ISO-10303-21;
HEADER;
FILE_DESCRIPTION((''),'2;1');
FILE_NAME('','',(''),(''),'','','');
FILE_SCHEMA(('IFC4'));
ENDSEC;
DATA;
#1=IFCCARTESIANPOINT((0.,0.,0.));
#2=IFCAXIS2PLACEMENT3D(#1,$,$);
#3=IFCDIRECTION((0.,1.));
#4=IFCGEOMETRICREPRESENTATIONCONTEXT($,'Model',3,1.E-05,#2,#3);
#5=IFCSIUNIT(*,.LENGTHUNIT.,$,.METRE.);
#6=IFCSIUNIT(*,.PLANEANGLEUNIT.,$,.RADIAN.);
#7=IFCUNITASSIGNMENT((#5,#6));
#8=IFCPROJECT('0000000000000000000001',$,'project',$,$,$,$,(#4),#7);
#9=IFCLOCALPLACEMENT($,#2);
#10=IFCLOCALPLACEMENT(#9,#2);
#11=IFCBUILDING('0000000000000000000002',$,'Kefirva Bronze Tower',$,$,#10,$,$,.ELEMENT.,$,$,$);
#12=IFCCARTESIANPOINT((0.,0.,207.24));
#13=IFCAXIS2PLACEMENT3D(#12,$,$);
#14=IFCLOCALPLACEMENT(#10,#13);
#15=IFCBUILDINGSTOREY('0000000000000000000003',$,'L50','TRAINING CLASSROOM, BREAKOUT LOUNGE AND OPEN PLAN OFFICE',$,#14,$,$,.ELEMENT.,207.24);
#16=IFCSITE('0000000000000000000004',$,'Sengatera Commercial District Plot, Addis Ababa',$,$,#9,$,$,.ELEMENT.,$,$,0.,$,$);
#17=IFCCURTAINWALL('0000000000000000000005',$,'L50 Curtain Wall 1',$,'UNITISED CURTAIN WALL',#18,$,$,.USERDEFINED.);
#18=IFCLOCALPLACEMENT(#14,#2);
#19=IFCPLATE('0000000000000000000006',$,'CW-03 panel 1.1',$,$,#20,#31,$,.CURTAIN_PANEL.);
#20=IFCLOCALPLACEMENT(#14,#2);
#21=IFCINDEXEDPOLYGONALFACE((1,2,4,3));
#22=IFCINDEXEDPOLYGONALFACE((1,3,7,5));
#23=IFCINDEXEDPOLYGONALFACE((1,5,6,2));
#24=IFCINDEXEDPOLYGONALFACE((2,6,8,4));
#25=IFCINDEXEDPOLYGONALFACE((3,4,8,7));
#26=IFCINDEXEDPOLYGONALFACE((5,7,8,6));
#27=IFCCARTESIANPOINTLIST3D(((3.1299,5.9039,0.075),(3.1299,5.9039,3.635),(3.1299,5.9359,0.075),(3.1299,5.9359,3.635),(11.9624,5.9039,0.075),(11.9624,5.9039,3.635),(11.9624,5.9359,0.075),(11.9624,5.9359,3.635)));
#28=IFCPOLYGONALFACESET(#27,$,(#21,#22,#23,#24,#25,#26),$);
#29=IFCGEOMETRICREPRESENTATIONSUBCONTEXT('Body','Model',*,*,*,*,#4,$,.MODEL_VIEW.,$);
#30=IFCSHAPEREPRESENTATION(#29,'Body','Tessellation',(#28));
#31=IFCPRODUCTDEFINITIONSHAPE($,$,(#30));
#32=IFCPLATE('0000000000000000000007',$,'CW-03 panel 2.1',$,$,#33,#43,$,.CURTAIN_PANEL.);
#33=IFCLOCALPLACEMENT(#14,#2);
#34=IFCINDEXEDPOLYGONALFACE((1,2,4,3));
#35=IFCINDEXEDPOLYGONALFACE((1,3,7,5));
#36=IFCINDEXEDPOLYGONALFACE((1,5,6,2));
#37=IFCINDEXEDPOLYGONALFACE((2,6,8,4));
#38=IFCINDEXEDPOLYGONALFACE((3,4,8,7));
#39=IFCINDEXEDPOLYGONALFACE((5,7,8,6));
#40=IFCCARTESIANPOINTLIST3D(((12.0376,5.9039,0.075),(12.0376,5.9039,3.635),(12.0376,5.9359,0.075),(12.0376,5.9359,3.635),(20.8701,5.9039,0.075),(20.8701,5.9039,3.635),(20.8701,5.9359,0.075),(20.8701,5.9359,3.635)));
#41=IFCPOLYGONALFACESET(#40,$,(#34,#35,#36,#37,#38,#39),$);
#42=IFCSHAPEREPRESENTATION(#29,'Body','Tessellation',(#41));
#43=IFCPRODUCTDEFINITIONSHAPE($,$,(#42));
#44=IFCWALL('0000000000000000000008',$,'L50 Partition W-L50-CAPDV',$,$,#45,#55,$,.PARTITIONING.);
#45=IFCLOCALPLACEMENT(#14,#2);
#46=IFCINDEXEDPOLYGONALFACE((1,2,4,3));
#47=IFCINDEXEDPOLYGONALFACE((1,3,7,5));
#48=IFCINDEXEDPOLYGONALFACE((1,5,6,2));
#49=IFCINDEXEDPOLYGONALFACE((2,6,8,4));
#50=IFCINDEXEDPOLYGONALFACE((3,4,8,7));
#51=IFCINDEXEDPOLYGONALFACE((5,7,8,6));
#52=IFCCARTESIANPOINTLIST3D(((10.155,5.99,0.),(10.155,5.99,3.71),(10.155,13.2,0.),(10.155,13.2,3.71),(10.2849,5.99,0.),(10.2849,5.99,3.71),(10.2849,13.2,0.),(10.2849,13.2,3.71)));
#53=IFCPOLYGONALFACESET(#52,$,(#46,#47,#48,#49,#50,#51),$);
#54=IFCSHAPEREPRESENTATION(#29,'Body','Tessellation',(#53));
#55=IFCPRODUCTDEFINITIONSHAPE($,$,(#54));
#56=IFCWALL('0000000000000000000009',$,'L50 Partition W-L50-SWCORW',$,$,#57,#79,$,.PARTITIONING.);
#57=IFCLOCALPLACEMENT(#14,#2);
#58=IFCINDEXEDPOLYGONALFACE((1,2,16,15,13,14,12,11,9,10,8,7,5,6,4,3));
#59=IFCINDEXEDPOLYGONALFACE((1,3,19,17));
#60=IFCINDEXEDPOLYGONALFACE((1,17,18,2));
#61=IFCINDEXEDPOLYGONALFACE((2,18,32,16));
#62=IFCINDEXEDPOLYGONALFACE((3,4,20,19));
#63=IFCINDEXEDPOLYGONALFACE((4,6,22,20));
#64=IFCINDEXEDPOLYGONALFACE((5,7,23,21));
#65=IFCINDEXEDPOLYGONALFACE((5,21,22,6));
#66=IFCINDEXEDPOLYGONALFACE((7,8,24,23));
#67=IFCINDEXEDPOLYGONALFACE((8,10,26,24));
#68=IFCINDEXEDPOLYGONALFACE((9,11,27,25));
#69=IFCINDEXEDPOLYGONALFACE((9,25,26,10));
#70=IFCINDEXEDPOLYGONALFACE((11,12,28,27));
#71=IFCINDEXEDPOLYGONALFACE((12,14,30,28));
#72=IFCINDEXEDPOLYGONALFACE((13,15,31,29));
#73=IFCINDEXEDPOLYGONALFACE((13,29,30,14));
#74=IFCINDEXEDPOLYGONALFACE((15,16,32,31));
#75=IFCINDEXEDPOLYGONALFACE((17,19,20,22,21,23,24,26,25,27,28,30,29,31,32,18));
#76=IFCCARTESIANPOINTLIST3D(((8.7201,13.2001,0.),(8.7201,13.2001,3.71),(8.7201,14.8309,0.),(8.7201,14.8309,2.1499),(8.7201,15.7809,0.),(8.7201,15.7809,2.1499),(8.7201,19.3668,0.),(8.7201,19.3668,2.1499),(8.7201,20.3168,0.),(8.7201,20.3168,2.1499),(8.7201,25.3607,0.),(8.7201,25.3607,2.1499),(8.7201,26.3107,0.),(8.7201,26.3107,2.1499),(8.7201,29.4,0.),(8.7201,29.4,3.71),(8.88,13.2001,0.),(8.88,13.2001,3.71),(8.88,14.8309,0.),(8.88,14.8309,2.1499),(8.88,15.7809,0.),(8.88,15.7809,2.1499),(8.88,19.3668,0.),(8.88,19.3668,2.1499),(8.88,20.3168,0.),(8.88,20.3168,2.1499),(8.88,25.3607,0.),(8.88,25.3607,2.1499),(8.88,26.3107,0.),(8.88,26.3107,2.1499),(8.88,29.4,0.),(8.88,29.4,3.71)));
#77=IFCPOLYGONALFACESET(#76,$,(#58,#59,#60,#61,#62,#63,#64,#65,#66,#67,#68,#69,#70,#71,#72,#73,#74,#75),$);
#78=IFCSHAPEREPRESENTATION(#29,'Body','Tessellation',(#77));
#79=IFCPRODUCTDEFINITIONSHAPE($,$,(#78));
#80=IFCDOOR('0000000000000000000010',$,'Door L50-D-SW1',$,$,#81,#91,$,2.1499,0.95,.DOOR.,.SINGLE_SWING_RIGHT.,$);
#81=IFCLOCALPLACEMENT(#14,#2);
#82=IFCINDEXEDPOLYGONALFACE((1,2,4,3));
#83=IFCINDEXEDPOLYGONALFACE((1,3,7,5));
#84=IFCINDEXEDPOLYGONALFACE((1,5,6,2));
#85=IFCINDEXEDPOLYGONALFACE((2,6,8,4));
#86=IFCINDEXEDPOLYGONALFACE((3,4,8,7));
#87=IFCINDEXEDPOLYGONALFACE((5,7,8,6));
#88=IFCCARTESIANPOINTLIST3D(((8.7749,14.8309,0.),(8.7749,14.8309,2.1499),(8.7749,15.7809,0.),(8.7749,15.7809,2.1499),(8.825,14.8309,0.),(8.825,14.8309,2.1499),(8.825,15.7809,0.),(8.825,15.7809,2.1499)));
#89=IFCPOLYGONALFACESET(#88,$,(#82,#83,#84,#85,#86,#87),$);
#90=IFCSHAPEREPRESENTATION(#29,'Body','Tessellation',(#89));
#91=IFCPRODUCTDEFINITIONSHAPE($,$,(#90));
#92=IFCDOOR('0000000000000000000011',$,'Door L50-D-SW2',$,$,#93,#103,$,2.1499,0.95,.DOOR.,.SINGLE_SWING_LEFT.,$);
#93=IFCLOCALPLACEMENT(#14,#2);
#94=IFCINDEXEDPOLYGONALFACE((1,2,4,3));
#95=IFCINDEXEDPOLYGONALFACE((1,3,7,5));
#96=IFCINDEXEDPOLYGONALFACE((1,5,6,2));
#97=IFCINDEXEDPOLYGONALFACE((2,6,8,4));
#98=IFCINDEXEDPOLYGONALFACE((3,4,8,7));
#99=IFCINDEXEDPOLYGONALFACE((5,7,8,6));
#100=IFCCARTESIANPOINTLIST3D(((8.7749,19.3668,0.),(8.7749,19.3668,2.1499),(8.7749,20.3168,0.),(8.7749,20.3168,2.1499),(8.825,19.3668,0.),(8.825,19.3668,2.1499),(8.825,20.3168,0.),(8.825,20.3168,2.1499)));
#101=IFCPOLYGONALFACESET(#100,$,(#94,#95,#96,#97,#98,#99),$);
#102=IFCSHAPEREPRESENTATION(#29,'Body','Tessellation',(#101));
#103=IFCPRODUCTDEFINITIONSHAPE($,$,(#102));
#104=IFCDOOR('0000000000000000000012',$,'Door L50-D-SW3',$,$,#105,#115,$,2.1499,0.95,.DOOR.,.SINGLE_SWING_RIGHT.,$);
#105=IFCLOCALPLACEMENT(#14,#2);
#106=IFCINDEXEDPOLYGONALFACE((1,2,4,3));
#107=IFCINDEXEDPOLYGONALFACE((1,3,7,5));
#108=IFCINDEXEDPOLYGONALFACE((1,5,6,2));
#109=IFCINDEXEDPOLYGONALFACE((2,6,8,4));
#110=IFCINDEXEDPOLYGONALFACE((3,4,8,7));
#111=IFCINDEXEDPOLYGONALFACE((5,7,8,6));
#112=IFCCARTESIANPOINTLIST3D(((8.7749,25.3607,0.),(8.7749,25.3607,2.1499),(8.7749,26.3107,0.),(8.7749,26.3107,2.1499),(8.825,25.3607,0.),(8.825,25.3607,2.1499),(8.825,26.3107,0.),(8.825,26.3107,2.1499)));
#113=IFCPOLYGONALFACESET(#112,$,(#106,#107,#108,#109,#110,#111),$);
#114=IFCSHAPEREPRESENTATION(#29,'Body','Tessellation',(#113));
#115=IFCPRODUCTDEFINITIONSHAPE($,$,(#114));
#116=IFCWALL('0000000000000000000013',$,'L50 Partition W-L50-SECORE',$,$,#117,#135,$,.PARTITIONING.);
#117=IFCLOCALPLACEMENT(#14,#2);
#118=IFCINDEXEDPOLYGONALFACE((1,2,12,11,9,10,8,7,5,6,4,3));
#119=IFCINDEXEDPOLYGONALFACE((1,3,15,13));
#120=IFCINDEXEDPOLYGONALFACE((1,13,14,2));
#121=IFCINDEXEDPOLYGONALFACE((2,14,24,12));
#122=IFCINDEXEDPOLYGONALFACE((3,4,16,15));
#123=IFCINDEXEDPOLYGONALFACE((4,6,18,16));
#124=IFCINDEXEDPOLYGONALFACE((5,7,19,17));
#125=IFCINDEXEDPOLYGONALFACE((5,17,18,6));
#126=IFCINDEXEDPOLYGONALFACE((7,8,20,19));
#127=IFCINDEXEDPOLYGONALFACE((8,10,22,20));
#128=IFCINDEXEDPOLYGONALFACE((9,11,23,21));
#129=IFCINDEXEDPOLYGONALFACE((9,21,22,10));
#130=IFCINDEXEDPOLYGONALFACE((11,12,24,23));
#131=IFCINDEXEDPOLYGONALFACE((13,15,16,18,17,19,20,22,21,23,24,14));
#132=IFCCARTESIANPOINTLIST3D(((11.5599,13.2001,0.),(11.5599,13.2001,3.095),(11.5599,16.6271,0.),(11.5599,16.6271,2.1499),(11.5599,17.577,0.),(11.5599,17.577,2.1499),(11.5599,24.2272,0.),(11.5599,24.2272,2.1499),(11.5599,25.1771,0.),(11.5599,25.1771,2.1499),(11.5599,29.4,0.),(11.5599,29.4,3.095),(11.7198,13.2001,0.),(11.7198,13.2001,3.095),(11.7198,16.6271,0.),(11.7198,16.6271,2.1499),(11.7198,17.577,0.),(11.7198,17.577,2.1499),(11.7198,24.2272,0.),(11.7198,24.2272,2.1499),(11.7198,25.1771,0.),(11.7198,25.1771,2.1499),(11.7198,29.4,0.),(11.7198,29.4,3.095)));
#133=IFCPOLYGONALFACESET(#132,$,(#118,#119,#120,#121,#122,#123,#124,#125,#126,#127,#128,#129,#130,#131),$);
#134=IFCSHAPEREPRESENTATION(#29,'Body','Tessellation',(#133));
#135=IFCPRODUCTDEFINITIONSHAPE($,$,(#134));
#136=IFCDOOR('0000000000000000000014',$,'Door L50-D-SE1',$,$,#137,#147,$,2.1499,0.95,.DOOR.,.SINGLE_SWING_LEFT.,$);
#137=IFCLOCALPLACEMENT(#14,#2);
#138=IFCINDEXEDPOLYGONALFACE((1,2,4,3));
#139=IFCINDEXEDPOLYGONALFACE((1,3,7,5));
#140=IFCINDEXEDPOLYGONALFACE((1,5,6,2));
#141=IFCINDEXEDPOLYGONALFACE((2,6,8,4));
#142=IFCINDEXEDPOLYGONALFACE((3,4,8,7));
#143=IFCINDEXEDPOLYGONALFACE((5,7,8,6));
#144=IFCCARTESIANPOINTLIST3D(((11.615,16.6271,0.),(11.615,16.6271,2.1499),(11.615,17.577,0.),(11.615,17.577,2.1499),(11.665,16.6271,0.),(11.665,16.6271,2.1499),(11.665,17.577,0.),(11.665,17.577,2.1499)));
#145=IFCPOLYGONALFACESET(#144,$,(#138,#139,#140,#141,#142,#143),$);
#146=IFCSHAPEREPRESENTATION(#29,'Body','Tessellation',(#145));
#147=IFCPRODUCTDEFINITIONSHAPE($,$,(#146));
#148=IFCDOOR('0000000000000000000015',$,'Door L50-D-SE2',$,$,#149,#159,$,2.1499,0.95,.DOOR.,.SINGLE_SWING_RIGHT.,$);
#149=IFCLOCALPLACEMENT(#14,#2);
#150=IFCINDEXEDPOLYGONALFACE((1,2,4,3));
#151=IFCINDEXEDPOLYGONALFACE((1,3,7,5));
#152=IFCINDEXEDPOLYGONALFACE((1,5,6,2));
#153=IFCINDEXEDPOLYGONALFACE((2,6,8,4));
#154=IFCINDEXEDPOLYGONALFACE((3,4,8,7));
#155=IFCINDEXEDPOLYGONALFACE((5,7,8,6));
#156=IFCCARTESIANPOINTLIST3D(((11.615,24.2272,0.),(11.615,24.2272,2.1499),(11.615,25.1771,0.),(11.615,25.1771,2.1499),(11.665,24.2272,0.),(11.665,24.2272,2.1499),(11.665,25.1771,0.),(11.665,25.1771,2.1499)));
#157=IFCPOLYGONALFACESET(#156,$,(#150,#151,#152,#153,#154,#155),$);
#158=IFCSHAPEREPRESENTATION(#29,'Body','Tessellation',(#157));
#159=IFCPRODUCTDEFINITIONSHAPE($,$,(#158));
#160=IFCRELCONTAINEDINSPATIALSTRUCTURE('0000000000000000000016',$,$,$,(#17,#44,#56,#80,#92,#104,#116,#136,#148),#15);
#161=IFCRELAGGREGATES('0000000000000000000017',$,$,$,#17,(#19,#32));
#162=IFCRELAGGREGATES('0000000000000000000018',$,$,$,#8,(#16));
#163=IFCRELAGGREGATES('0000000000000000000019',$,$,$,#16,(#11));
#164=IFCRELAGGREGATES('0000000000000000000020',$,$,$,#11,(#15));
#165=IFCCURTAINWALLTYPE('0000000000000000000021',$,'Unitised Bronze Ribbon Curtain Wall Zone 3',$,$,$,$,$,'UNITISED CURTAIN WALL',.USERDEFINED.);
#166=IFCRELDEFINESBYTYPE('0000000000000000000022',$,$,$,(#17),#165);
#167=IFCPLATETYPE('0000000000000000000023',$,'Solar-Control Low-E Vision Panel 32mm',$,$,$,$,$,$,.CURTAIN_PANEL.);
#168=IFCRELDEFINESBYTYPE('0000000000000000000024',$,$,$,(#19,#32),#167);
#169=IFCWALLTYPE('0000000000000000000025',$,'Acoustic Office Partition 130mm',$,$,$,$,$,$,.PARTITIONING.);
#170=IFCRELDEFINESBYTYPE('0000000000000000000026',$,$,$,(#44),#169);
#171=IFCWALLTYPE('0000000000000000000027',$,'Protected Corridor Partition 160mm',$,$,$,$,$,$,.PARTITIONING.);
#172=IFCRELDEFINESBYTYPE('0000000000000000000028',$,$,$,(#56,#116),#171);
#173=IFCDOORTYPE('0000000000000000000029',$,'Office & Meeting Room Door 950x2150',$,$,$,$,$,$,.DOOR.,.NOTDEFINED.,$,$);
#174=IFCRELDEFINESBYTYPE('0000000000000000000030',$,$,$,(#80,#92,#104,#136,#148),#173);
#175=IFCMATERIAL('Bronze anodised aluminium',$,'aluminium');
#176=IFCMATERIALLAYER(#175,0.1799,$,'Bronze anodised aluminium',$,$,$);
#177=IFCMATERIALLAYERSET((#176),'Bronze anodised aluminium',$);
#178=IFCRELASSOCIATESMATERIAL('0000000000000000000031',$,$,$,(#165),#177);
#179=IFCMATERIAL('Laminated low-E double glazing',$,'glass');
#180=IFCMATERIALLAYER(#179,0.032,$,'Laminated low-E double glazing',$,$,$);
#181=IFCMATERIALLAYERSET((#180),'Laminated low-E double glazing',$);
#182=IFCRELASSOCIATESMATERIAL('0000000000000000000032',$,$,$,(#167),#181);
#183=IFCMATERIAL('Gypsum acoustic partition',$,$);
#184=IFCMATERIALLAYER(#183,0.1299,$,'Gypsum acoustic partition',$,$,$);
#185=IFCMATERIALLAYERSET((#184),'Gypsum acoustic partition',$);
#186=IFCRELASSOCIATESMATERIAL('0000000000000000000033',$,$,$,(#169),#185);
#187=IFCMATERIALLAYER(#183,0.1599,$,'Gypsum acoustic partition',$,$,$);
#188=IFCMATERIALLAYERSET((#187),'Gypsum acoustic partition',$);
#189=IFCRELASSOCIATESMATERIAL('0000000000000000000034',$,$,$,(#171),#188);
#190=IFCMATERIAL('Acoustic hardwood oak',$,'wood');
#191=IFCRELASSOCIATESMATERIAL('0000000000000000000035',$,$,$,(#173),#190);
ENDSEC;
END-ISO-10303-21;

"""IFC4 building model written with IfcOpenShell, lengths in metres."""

from ifc_helpers import new_model, si_unit, direction, frame, frame_2d, origin, origin_2d, place, context, subcontext, project, spatial, rectangle, extrude, material, layer, layer_set, type_object, element, fill, aggregate, save


model = new_model("IFC4")

# Units and contexts
model_context = context("Model", 3, precision=1e-05, world=origin(), true_north=direction((0.0, 1.0)))
body_context = subcontext(model_context, "Body", "Model", "MODEL_VIEW")
ifc_project = project(units=[si_unit("LENGTHUNIT", "METRE"), si_unit("PLANEANGLEUNIT", "RADIAN")], contexts=[model_context])

# Site, building, storey
site_placement = place(None, origin())
site = spatial("IfcSite", under=ifc_project, at=site_placement, Name="Sengatera Commercial District Plot, Addis Ababa", CompositionType="ELEMENT", RefElevation=0.0)
building_placement = place(site_placement, origin())
building = spatial("IfcBuilding", under=site, at=building_placement, Name="Kefirva Bronze Tower", CompositionType="ELEMENT")
storey_placement = place(building_placement, frame((0.0, 0.0, 207.24)))
storey = spatial("IfcBuildingStorey", under=building, at=storey_placement, Name="L50", Description="TRAINING CLASSROOM, BREAKOUT LOUNGE AND OPEN PLAN OFFICE", CompositionType="ELEMENT", Elevation=207.24)

# Curtain wall
ifc_material_1 = material(Name="Bronze anodised aluminium", Category="aluminium")
ifc_layer_1 = layer(ifc_material_1, 0.1799, Name="Bronze anodised aluminium")
ifc_layer_set_1 = layer_set([ifc_layer_1], Name="Bronze anodised aluminium")
curtain_wall_type = type_object("IfcCurtainWallType", Name="Unitised Bronze Ribbon Curtain Wall Zone 3", ElementType="UNITISED CURTAIN WALL", PredefinedType="USERDEFINED", material=ifc_layer_set_1)
curtain_wall_placement = place(storey_placement, origin())
curtain_wall = element("IfcCurtainWall", 1, at=curtain_wall_placement, inside=storey, type_object=curtain_wall_type, Name="L50 Curtain Wall 1", ObjectType="UNITISED CURTAIN WALL", PredefinedType="USERDEFINED")

# Plates
ifc_material_2 = material(Name="Laminated low-E double glazing", Category="glass")
ifc_layer_2 = layer(ifc_material_2, 0.032, Name="Laminated low-E double glazing")
ifc_layer_set_2 = layer_set([ifc_layer_2], Name="Laminated low-E double glazing")
plate_type = type_object("IfcPlateType", Name="Solar-Control Low-E Vision Panel 32mm", PredefinedType="CURTAIN_PANEL", material=ifc_layer_set_2)
plate_1_placement = place(storey_placement, frame((7.5461, 5.9199, 0.075), z_axis=(0.0, 0.0, 1.0), x_axis=(1.0, 0.0, 0.0)))
plate_1 = element("IfcPlate", 2, at=plate_1_placement, type_object=plate_type, Name="CW-03 panel 1.1", PredefinedType="CURTAIN_PANEL", context=body_context, shape_type="SweptSolid", body=[
    extrude(rectangle(XDim=8.8325, YDim=0.032, at=origin_2d()), origin(), (0.0, 0.0, 1.0), 3.5601),
])
plate_2_placement = place(storey_placement, frame((16.4539, 5.9199, 0.075), z_axis=(0.0, 0.0, 1.0), x_axis=(1.0, 0.0, 0.0)))
plate_2 = element("IfcPlate", 3, at=plate_2_placement, type_object=plate_type, Name="CW-03 panel 2.1", PredefinedType="CURTAIN_PANEL", context=body_context, shape_type="SweptSolid", body=[
    extrude(rectangle(XDim=8.8325, YDim=0.032, at=origin_2d()), origin(), (0.0, 0.0, 1.0), 3.5601),
])
aggregate(curtain_wall, [plate_1, plate_2])

# Wall
ifc_material_3 = material(Name="Gypsum acoustic partition")
ifc_layer_3 = layer(ifc_material_3, 0.1299, Name="Gypsum acoustic partition")
ifc_layer_set_3 = layer_set([ifc_layer_3], Name="Gypsum acoustic partition")
wall_type_1 = type_object("IfcWallType", Name="Acoustic Office Partition 130mm", PredefinedType="PARTITIONING", material=ifc_layer_set_3)
wall_1_placement = place(storey_placement, frame((10.22, 5.99, 0.0), z_axis=(0.0, 0.0, 1.0), x_axis=(0.0, 1.0, 0.0)))
element("IfcWall", 4, at=wall_1_placement, inside=storey, type_object=wall_type_1, Name="L50 Partition W-L50-CAPDV", PredefinedType="PARTITIONING", context=body_context, shape_type="SweptSolid", body=[
    extrude(rectangle(XDim=7.21, YDim=0.1299, at=frame_2d((3.605, 0.0))), origin(), (0.0, 0.0, 1.0), 3.71),
])

# Walls, openings, doors
ifc_layer_4 = layer(ifc_material_3, 0.1599, Name="Gypsum acoustic partition")
ifc_layer_set_4 = layer_set([ifc_layer_4], Name="Gypsum acoustic partition")
wall_type_2 = type_object("IfcWallType", Name="Protected Corridor Partition 160mm", PredefinedType="PARTITIONING", material=ifc_layer_set_4)
wall_2_placement = place(storey_placement, frame((8.8, 13.2, 0.0), z_axis=(0.0, 0.0, 1.0), x_axis=(0.0, 1.0, 0.0)))
wall_2 = element("IfcWall", 5, at=wall_2_placement, inside=storey, type_object=wall_type_2, Name="L50 Partition W-L50-SWCORW", PredefinedType="PARTITIONING", context=body_context, shape_type="SweptSolid", body=[
    extrude(rectangle(XDim=16.2, YDim=0.1599, at=frame_2d((8.1001, 0.0))), origin(), (0.0, 0.0, 1.0), 3.71),
])
opening_1_placement = place(wall_2_placement, frame((2.5811, 0.0, 0.0), z_axis=(0.0, 0.0, 1.0), x_axis=(-1.0, 0.0, 0.0)))
opening_1 = element("IfcOpeningElement", 6, at=opening_1_placement, cuts=wall_2, PredefinedType="OPENING", context=body_context, shape_type="SweptSolid", body=[
    extrude(rectangle(XDim=0.95, YDim=2.1499, at=frame_2d((0.4751, 1.075))), frame((0.0, 0.0898, 0.0), z_axis=(0.0, -1.0, 0.0), x_axis=(1.0, 0.0, 0.0)), (0.0, 0.0, 1.0), 0.1799),
])
opening_2_placement = place(wall_2_placement, frame((7.1169, 0.0, 0.0), z_axis=(0.0, 0.0, 1.0), x_axis=(-1.0, 0.0, 0.0)))
opening_2 = element("IfcOpeningElement", 7, at=opening_2_placement, cuts=wall_2, PredefinedType="OPENING", context=body_context, shape_type="SweptSolid", body=[
    extrude(rectangle(XDim=0.95, YDim=2.1499, at=frame_2d((0.4751, 1.075))), frame((0.0, 0.0898, 0.0), z_axis=(0.0, -1.0, 0.0), x_axis=(1.0, 0.0, 0.0)), (0.0, 0.0, 1.0), 0.1799),
])
opening_3_placement = place(wall_2_placement, frame((13.1108, 0.0, 0.0), z_axis=(0.0, 0.0, 1.0), x_axis=(-1.0, 0.0, 0.0)))
opening_3 = element("IfcOpeningElement", 8, at=opening_3_placement, cuts=wall_2, PredefinedType="OPENING", context=body_context, shape_type="SweptSolid", body=[
    extrude(rectangle(XDim=0.95, YDim=2.1499, at=frame_2d((0.4751, 1.075))), frame((0.0, 0.0898, 0.0), z_axis=(0.0, -1.0, 0.0), x_axis=(1.0, 0.0, 0.0)), (0.0, 0.0, 1.0), 0.1799),
])
ifc_material_4 = material(Name="Acoustic hardwood oak", Category="wood")
door_type = type_object("IfcDoorType", Name="Office & Meeting Room Door 950x2150", OperationType="NOTDEFINED", PredefinedType="DOOR", material=ifc_material_4)
door_1_placement = place(opening_1_placement, origin())
door_1 = element("IfcDoor", 9, at=door_1_placement, inside=storey, type_object=door_type, Name="Door L50-D-SW1", OperationType="SINGLE_SWING_RIGHT", OverallHeight=2.1499, OverallWidth=0.95, PredefinedType="DOOR", context=body_context, shape_type="SweptSolid", body=[
    extrude(rectangle(XDim=0.95, YDim=2.1499, at=frame_2d((0.4751, 1.075))), frame((0.0, 0.0249, 0.0), z_axis=(0.0, -1.0, 0.0), x_axis=(1.0, 0.0, 0.0)), (0.0, 0.0, 1.0), 0.05),
])
fill(opening_1, door_1)
door_2_placement = place(opening_2_placement, origin())
door_2 = element("IfcDoor", 10, at=door_2_placement, inside=storey, type_object=door_type, Name="Door L50-D-SW2", OperationType="SINGLE_SWING_LEFT", OverallHeight=2.1499, OverallWidth=0.95, PredefinedType="DOOR", context=body_context, shape_type="SweptSolid", body=[
    extrude(rectangle(XDim=0.95, YDim=2.1499, at=frame_2d((0.4751, 1.075))), frame((0.0, 0.0249, 0.0), z_axis=(0.0, -1.0, 0.0), x_axis=(1.0, 0.0, 0.0)), (0.0, 0.0, 1.0), 0.05),
])
fill(opening_2, door_2)
door_3_placement = place(opening_3_placement, origin())
door_3 = element("IfcDoor", 11, at=door_3_placement, inside=storey, type_object=door_type, Name="Door L50-D-SW3", OperationType="SINGLE_SWING_RIGHT", OverallHeight=2.1499, OverallWidth=0.95, PredefinedType="DOOR", context=body_context, shape_type="SweptSolid", body=[
    extrude(rectangle(XDim=0.95, YDim=2.1499, at=frame_2d((0.4751, 1.075))), frame((0.0, 0.0249, 0.0), z_axis=(0.0, -1.0, 0.0), x_axis=(1.0, 0.0, 0.0)), (0.0, 0.0, 1.0), 0.05),
])
fill(opening_3, door_3)
wall_3_placement = place(storey_placement, frame((11.6399, 13.2, 0.0), z_axis=(0.0, 0.0, 1.0), x_axis=(0.0, 1.0, 0.0)))
wall_3 = element("IfcWall", 12, at=wall_3_placement, inside=storey, type_object=wall_type_2, Name="L50 Partition W-L50-SECORE", PredefinedType="PARTITIONING", context=body_context, shape_type="SweptSolid", body=[
    extrude(rectangle(XDim=16.2, YDim=0.1599, at=frame_2d((8.1001, 0.0))), origin(), (0.0, 0.0, 1.0), 3.095),
])
opening_4_placement = place(wall_3_placement, frame((3.427, 0.0, 0.0)))
opening_4 = element("IfcOpeningElement", 13, at=opening_4_placement, cuts=wall_3, PredefinedType="OPENING", context=body_context, shape_type="SweptSolid", body=[
    extrude(rectangle(XDim=0.95, YDim=2.1499, at=frame_2d((0.4751, 1.075))), frame((0.0, 0.0898, 0.0), z_axis=(0.0, -1.0, 0.0), x_axis=(1.0, 0.0, 0.0)), (0.0, 0.0, 1.0), 0.1799),
])
opening_5_placement = place(wall_3_placement, frame((11.0271, 0.0, 0.0)))
opening_5 = element("IfcOpeningElement", 14, at=opening_5_placement, cuts=wall_3, PredefinedType="OPENING", context=body_context, shape_type="SweptSolid", body=[
    extrude(rectangle(XDim=0.95, YDim=2.1499, at=frame_2d((0.4751, 1.075))), frame((0.0, 0.0898, 0.0), z_axis=(0.0, -1.0, 0.0), x_axis=(1.0, 0.0, 0.0)), (0.0, 0.0, 1.0), 0.1799),
])
door_4_placement = place(opening_4_placement, origin())
door_4 = element("IfcDoor", 15, at=door_4_placement, inside=storey, type_object=door_type, Name="Door L50-D-SE1", OperationType="SINGLE_SWING_LEFT", OverallHeight=2.1499, OverallWidth=0.95, PredefinedType="DOOR", context=body_context, shape_type="SweptSolid", body=[
    extrude(rectangle(XDim=0.95, YDim=2.1499, at=frame_2d((0.4751, 1.075))), frame((0.0, 0.0249, 0.0), z_axis=(0.0, -1.0, 0.0), x_axis=(1.0, 0.0, 0.0)), (0.0, 0.0, 1.0), 0.05),
])
fill(opening_4, door_4)
door_5_placement = place(opening_5_placement, origin())
door_5 = element("IfcDoor", 16, at=door_5_placement, inside=storey, type_object=door_type, Name="Door L50-D-SE2", OperationType="SINGLE_SWING_RIGHT", OverallHeight=2.1499, OverallWidth=0.95, PredefinedType="DOOR", context=body_context, shape_type="SweptSolid", body=[
    extrude(rectangle(XDim=0.95, YDim=2.1499, at=frame_2d((0.4751, 1.075))), frame((0.0, 0.0249, 0.0), z_axis=(0.0, -1.0, 0.0), x_axis=(1.0, 0.0, 0.0)), (0.0, 0.0, 1.0), 0.05),
])
fill(opening_5, door_5)

save(model, "model.ifc")
